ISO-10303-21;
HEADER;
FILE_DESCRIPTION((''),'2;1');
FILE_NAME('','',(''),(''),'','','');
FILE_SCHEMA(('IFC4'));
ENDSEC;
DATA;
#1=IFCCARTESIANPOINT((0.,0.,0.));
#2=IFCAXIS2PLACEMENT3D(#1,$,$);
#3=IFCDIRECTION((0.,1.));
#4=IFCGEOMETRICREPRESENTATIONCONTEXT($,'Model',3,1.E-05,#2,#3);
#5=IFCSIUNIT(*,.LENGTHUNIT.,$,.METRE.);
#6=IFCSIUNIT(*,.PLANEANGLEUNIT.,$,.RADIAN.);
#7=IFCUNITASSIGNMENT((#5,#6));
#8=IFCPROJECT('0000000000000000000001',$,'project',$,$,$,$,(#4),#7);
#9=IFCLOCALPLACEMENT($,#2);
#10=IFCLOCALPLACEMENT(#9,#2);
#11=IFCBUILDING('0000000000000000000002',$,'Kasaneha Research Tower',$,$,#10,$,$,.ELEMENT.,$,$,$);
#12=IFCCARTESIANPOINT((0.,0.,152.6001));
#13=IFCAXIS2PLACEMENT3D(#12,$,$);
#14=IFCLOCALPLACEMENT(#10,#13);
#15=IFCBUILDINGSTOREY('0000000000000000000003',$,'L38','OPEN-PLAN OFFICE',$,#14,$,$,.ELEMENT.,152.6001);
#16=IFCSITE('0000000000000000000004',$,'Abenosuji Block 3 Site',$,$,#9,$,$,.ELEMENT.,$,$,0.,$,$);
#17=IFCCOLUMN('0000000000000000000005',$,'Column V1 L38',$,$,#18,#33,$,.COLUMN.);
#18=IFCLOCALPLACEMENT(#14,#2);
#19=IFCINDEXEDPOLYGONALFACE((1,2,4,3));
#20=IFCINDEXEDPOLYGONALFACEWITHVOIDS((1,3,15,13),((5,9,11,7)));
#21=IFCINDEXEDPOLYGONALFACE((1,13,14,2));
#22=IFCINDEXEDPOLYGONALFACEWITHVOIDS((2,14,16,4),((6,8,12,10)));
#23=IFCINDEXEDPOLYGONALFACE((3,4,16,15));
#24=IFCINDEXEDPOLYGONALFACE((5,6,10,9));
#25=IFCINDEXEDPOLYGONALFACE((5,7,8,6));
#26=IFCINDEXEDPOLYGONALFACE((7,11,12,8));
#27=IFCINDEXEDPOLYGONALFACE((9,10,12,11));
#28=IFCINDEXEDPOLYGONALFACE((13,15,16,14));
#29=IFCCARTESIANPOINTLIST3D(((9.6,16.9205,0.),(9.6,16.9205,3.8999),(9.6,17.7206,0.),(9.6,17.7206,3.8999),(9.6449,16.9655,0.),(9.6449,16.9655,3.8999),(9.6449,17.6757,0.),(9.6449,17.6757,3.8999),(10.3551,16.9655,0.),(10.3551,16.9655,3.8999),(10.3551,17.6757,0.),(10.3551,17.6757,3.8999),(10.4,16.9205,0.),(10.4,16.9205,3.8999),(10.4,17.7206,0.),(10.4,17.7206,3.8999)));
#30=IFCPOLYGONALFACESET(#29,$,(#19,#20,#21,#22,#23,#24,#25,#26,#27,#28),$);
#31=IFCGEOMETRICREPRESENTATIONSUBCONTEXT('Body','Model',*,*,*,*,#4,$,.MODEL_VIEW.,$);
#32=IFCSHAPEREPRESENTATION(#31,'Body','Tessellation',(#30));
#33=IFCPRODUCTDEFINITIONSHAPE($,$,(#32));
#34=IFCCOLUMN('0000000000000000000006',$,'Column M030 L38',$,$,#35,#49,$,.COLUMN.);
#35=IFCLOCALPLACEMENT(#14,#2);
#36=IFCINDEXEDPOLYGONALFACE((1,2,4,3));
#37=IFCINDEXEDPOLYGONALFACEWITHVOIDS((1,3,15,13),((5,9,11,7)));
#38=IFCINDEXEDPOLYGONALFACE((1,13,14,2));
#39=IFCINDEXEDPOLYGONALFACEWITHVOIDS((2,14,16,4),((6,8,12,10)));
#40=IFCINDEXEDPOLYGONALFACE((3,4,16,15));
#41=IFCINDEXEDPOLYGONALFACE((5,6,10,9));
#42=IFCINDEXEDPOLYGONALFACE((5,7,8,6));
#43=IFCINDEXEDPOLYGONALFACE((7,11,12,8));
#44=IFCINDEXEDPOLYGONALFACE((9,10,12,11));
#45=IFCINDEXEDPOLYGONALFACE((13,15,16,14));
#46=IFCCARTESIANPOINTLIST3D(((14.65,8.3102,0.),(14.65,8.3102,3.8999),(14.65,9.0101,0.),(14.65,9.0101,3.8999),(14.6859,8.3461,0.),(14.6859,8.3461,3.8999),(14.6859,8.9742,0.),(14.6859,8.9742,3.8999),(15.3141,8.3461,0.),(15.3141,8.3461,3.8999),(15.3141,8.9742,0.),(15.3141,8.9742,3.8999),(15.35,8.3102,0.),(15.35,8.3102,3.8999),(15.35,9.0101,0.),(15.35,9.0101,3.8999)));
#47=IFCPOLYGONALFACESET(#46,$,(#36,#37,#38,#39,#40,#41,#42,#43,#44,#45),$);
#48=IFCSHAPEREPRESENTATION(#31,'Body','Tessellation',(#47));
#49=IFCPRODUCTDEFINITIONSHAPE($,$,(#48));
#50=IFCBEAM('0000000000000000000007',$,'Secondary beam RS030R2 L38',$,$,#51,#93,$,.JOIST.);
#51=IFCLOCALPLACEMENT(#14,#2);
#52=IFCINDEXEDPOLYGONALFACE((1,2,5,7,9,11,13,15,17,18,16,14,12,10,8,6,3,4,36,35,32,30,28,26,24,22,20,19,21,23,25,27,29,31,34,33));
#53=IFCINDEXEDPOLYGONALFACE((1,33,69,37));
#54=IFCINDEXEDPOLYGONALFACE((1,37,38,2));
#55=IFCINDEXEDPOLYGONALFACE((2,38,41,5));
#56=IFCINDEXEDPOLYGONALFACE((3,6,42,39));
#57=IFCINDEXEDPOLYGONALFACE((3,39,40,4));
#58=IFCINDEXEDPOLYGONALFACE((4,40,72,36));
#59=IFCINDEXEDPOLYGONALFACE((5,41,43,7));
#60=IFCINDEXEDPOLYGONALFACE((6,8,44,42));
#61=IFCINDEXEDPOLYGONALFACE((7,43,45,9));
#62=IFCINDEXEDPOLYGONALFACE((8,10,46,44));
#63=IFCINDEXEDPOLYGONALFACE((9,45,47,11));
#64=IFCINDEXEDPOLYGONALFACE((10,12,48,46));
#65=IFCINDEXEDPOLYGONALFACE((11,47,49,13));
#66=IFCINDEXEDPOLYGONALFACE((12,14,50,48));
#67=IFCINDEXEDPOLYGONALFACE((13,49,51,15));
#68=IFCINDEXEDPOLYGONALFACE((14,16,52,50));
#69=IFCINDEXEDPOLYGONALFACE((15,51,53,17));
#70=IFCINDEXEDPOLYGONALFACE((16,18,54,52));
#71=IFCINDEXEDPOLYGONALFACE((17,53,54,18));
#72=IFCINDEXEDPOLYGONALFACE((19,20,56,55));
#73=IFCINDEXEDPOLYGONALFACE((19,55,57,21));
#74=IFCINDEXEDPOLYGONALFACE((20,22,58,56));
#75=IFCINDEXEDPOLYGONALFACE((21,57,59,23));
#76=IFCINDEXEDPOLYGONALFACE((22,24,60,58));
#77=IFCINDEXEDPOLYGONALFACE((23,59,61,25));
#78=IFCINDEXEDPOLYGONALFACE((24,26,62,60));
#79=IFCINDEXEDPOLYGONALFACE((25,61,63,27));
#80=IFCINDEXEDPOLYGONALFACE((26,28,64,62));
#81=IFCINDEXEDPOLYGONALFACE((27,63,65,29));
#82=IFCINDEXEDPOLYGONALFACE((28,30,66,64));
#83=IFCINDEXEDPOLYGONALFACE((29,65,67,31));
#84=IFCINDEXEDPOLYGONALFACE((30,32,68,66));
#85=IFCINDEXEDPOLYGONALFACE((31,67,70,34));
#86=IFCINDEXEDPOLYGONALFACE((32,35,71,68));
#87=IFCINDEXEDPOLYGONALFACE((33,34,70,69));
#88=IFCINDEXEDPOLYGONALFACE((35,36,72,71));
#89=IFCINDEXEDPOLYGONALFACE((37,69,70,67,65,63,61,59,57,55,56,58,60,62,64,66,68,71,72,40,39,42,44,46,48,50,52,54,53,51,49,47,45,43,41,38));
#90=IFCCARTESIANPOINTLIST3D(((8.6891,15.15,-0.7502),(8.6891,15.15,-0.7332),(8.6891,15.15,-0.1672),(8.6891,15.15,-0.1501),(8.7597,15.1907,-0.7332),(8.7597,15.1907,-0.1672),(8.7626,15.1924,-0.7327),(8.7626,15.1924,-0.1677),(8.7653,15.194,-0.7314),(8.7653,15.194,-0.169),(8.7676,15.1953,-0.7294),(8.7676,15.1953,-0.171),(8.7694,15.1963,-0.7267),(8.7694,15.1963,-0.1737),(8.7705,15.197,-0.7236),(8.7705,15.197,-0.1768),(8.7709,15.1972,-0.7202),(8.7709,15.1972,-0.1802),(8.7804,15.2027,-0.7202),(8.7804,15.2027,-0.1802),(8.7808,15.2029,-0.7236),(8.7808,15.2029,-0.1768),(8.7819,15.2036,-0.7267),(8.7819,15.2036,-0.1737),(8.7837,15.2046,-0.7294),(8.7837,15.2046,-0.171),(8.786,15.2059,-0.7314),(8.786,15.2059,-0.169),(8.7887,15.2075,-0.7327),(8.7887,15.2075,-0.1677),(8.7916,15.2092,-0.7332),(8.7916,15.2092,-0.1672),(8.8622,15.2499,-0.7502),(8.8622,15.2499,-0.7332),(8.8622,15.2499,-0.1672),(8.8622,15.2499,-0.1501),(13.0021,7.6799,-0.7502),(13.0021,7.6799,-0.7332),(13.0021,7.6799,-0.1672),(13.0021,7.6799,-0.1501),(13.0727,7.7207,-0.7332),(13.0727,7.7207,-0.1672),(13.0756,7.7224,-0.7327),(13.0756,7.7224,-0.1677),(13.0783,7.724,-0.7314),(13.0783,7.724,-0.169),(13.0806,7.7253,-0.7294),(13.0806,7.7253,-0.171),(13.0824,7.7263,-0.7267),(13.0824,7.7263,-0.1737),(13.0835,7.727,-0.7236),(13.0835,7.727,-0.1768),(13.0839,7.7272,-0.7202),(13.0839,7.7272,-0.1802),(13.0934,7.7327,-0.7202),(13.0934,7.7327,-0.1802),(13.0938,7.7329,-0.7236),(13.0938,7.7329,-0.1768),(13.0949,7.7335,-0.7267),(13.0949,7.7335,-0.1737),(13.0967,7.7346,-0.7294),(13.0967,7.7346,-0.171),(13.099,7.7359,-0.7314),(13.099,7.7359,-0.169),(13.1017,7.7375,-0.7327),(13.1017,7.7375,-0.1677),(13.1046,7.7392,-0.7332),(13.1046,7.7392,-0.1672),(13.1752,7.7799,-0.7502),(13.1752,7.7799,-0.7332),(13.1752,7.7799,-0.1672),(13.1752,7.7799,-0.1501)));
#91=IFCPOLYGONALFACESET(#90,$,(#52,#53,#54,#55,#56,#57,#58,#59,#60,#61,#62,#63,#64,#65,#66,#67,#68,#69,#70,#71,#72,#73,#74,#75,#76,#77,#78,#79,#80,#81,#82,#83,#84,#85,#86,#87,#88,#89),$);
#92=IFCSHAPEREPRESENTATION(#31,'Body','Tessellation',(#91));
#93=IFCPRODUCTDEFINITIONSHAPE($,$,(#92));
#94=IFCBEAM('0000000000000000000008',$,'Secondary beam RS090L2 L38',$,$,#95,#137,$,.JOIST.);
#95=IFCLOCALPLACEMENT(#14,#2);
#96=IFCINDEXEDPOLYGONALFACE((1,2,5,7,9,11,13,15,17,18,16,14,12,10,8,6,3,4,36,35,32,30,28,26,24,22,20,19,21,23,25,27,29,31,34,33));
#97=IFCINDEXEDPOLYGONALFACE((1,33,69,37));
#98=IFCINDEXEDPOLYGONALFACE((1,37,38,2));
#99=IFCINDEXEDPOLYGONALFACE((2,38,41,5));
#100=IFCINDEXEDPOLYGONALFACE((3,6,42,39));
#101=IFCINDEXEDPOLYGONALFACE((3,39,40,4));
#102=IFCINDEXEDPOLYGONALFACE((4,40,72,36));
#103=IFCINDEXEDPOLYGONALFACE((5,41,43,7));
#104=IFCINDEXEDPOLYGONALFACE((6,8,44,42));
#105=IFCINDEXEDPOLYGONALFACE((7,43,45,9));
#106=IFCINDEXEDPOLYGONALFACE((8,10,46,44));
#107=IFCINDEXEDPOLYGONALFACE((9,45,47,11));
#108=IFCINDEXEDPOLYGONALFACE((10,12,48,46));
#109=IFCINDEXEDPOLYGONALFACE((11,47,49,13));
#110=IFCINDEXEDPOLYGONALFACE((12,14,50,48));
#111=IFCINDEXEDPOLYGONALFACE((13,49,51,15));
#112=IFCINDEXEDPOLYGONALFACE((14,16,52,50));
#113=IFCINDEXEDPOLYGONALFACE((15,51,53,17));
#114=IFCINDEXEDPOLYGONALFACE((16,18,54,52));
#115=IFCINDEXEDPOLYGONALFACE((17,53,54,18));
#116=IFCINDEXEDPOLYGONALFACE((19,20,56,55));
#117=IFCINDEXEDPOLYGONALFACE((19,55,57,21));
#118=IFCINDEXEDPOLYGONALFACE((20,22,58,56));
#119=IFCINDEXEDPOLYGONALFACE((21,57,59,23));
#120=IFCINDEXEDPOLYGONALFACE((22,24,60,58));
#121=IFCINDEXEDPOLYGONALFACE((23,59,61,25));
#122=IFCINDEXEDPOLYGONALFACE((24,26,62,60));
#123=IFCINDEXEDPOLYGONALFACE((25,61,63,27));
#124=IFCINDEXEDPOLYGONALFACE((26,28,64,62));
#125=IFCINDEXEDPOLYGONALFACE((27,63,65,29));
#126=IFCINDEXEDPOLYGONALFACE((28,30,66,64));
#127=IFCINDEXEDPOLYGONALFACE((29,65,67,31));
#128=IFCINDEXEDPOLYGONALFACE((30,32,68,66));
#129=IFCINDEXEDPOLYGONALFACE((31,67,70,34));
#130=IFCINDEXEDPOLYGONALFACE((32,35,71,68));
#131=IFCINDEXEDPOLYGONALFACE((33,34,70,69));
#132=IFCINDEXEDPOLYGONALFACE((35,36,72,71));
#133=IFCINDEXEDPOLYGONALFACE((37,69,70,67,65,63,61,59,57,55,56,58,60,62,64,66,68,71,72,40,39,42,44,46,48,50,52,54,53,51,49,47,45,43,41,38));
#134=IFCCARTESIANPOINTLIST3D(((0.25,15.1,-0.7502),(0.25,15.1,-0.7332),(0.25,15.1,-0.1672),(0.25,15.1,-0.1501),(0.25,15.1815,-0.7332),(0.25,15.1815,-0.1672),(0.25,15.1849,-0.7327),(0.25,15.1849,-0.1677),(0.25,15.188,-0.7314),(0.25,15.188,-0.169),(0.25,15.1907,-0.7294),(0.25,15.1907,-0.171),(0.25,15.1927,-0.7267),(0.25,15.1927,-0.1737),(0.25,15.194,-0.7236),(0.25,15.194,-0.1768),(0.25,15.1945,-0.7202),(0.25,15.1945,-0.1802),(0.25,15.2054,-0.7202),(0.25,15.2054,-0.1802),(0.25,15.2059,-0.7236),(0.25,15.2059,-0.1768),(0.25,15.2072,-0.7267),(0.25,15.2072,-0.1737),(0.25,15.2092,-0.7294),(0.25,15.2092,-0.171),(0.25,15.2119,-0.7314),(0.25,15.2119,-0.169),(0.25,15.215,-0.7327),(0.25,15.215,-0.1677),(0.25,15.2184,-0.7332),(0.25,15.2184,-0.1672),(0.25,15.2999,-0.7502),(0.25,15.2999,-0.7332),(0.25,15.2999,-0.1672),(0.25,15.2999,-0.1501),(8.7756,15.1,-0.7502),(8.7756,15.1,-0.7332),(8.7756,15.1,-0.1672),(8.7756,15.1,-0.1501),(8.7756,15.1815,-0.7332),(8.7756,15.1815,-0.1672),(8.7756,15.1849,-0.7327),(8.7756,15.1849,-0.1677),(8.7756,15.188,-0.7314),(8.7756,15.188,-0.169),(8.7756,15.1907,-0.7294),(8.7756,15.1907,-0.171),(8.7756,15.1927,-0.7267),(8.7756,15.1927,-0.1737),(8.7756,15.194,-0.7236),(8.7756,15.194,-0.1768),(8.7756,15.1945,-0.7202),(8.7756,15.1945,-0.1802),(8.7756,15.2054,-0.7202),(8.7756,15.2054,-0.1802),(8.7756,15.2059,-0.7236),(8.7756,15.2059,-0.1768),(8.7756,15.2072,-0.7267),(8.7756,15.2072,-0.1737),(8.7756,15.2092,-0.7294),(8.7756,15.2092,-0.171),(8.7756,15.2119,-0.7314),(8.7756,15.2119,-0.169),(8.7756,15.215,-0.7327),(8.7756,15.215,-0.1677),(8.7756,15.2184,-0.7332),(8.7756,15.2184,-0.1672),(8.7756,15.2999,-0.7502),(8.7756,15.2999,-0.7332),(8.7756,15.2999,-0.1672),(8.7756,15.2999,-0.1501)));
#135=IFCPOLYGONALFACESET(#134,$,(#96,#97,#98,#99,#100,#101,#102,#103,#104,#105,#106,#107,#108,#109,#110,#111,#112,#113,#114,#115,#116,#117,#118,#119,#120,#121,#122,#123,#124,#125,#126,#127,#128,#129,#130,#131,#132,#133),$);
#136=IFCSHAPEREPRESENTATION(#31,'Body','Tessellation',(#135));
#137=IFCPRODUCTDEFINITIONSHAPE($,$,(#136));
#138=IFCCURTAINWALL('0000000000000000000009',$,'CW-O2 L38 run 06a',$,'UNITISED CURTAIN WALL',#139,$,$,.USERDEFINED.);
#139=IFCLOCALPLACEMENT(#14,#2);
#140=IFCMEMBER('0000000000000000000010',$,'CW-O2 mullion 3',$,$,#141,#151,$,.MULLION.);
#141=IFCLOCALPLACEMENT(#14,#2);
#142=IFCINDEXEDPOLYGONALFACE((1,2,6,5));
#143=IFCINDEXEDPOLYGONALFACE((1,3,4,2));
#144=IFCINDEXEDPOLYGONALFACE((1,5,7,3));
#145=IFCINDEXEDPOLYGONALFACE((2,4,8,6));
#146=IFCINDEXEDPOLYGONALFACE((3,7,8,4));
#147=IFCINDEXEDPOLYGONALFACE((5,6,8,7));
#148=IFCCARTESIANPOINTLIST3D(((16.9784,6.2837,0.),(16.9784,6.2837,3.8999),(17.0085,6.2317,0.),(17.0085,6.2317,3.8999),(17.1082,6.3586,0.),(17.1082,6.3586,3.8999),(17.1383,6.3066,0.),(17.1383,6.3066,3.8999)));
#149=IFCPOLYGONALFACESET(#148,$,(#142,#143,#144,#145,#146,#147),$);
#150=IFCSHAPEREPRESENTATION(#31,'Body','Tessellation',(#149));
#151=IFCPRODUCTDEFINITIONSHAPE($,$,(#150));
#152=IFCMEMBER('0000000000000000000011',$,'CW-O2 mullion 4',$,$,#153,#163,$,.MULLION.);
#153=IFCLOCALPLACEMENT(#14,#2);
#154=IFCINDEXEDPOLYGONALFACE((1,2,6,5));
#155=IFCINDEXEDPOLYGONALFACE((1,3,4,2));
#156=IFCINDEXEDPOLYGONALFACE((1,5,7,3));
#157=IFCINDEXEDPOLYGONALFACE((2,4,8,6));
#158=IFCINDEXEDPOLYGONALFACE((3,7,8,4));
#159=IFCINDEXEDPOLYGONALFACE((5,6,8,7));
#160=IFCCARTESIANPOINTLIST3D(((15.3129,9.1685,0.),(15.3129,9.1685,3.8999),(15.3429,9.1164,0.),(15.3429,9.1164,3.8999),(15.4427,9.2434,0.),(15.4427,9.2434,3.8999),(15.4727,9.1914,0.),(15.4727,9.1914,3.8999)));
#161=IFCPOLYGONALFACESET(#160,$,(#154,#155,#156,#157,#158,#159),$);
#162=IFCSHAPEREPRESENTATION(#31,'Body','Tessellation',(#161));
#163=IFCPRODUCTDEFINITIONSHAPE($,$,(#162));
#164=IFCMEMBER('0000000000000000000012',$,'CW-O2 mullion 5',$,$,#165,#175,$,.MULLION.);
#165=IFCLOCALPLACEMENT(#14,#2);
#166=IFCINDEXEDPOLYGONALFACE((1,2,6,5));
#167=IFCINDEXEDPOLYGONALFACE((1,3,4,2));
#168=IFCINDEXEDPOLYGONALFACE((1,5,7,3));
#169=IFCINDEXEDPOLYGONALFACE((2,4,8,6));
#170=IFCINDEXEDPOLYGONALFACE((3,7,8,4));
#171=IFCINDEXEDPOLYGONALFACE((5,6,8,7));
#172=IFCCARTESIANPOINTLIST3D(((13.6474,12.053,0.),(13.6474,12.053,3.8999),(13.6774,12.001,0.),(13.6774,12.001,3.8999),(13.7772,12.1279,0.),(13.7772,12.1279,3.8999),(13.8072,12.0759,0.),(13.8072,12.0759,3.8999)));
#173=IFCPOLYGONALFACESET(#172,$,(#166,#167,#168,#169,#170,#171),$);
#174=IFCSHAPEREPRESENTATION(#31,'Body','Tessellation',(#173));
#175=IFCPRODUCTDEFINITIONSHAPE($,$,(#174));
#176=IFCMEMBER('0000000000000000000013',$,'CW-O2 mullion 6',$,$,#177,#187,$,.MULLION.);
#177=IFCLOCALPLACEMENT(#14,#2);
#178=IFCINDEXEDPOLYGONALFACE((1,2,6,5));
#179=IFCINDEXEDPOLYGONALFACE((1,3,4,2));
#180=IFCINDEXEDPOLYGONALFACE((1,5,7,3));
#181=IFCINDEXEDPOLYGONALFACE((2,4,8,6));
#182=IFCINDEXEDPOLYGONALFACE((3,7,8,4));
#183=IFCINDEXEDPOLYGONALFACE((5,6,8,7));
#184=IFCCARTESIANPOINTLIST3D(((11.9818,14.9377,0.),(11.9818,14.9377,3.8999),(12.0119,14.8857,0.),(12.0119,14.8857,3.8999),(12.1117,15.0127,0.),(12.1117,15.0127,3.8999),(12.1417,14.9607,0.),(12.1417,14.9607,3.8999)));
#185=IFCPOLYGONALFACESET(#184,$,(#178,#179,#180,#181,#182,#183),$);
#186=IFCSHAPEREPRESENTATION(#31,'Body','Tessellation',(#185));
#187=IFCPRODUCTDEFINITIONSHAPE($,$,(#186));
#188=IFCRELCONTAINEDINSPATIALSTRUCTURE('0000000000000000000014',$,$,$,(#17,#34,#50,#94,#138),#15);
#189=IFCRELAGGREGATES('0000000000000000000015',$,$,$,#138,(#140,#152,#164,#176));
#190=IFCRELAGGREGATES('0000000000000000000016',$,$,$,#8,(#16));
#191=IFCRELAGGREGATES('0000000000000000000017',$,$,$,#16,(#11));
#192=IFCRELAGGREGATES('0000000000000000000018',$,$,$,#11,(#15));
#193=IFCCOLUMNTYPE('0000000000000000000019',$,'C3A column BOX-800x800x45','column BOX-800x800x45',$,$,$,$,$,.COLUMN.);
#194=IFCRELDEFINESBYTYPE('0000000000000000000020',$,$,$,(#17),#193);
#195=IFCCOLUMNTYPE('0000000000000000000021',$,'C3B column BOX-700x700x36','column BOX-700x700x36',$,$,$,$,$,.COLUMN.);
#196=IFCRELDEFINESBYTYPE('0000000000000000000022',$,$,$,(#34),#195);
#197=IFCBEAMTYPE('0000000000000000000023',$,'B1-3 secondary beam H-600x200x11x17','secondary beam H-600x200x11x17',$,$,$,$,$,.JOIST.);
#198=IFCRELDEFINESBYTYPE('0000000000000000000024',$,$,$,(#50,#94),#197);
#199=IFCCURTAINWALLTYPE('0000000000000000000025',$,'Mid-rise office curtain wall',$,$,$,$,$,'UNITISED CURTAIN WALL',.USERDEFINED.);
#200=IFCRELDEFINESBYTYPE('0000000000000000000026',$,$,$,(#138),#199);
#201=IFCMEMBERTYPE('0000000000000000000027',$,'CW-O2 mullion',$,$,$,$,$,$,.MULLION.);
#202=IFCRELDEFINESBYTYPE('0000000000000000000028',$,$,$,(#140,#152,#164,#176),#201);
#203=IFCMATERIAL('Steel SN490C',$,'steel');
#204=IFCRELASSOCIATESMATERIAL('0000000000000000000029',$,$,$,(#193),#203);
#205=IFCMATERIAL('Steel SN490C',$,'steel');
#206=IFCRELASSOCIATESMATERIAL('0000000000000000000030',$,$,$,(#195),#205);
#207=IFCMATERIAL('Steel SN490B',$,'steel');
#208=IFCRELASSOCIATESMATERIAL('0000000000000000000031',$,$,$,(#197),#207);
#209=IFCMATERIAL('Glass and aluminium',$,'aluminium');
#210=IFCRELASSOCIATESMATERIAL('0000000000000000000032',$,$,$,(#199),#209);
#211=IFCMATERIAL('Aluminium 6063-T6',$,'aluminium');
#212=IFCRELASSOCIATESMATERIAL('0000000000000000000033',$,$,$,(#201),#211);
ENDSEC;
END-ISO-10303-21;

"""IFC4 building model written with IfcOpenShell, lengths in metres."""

from ifc_helpers import new_model, si_unit, direction, frame, origin, origin_2d, place, context, subcontext, project, spatial, rectangle, hollow_rectangle, i_section, extrude, material, material_profile, profile_set, type_object, element, aggregate, save


model = new_model("IFC4")

# Units and contexts
model_context = context("Model", 3, precision=1e-05, world=origin(), true_north=direction((0.0, 1.0)))
body_context = subcontext(model_context, "Body", "Model", "MODEL_VIEW")
ifc_project = project(units=[si_unit("LENGTHUNIT", "METRE"), si_unit("PLANEANGLEUNIT", "RADIAN")], contexts=[model_context])

# Site, building, storey
site_placement = place(None, origin())
site = spatial("IfcSite", under=ifc_project, at=site_placement, Name="Abenosuji Block 3 Site", CompositionType="ELEMENT", RefElevation=0.0)
building_placement = place(site_placement, origin())
building = spatial("IfcBuilding", under=site, at=building_placement, Name="Kasaneha Research Tower", CompositionType="ELEMENT")
storey_placement = place(building_placement, frame((0.0, 0.0, 152.6001)))
storey = spatial("IfcBuildingStorey", under=building, at=storey_placement, Name="L38", Description="OPEN-PLAN OFFICE", CompositionType="ELEMENT", Elevation=152.6001)

# Columns
ifc_material_1 = material(Name="Steel SN490C", Category="steel")
ifc_material_profile_1 = material_profile(ifc_material_1, hollow_rectangle(XDim=0.8, YDim=0.8, WallThickness=0.0449, at=origin_2d()), Name="BOX-800x800x45")
ifc_profile_set_1 = profile_set([ifc_material_profile_1], Name="Steel SN490C")
column_type_1 = type_object("IfcColumnType", Name="C3A column BOX-800x800x45", Description="column BOX-800x800x45", PredefinedType="COLUMN", material=ifc_profile_set_1)
column_1_placement = place(storey_placement, frame((10.0, 17.3206, 0.0), z_axis=(0.0, 0.0, 1.0), x_axis=(1.0, 0.0, 0.0)))
element("IfcColumn", 1, at=column_1_placement, inside=storey, type_object=column_type_1, Name="Column V1 L38", PredefinedType="COLUMN", context=body_context, shape_type="SweptSolid", body=[
    extrude(hollow_rectangle(XDim=0.8, YDim=0.8, WallThickness=0.0449, at=origin_2d()), origin(), (0.0, 0.0, 1.0), 3.8999),
])
ifc_material_2 = material(Name="Steel SN490C", Category="steel")
ifc_material_profile_2 = material_profile(ifc_material_2, hollow_rectangle(XDim=0.7, YDim=0.7, WallThickness=0.0359, at=origin_2d()), Name="BOX-700x700x36")
ifc_profile_set_2 = profile_set([ifc_material_profile_2], Name="Steel SN490C")
column_type_2 = type_object("IfcColumnType", Name="C3B column BOX-700x700x36", Description="column BOX-700x700x36", PredefinedType="COLUMN", material=ifc_profile_set_2)
column_2_placement = place(storey_placement, frame((15.0, 8.6602, 0.0), z_axis=(0.0, 0.0, 1.0), x_axis=(1.0, 0.0, 0.0)))
element("IfcColumn", 2, at=column_2_placement, inside=storey, type_object=column_type_2, Name="Column M030 L38", PredefinedType="COLUMN", context=body_context, shape_type="SweptSolid", body=[
    extrude(hollow_rectangle(XDim=0.7, YDim=0.7, WallThickness=0.0359, at=origin_2d()), origin(), (0.0, 0.0, 1.0), 3.8999),
])

# Beams
ifc_material_3 = material(Name="Steel SN490B", Category="steel")
ifc_material_profile_3 = material_profile(ifc_material_3, i_section(OverallWidth=0.2, OverallDepth=0.6001, WebThickness=0.011, FlangeThickness=0.0171, FilletRadius=0.0129, at=origin_2d()), Name="H-600x200x11x17")
ifc_profile_set_3 = profile_set([ifc_material_profile_3], Name="Steel SN490B")
beam_type_1 = type_object("IfcBeamType", Name="B1-3 secondary beam H-600x200x11x17", Description="secondary beam H-600x200x11x17", PredefinedType="JOIST", material=ifc_profile_set_3)
beam_1_placement = place(storey_placement, frame((8.7756, 15.2, -0.4502), z_axis=(0.500017, -0.866015, 0.0), x_axis=(0.866015, 0.500017, 0.0)))
element("IfcBeam", 3, at=beam_1_placement, inside=storey, type_object=beam_type_1, Name="Secondary beam RS030R2 L38", PredefinedType="JOIST", context=body_context, shape_type="SweptSolid", body=[
    extrude(i_section(OverallWidth=0.2, OverallDepth=0.6001, WebThickness=0.011, FlangeThickness=0.0171, FilletRadius=0.0129, at=origin_2d()), origin(), (0.0, 0.0, 1.0), 8.6257),
])
beam_2_placement = place(storey_placement, frame((8.7756, 15.2, -0.4502), z_axis=(-1.0, 0.0, 0.0), x_axis=(0.0, -1.0, 0.0)))
element("IfcBeam", 4, at=beam_2_placement, inside=storey, type_object=beam_type_1, Name="Secondary beam RS090L2 L38", PredefinedType="JOIST", context=body_context, shape_type="SweptSolid", body=[
    extrude(i_section(OverallWidth=0.2, OverallDepth=0.6001, WebThickness=0.011, FlangeThickness=0.0171, FilletRadius=0.0129, at=origin_2d()), origin(), (0.0, 0.0, 1.0), 8.5256),
])

# Curtain wall, members
ifc_material_4 = material(Name="Glass and aluminium", Category="aluminium")
curtain_wall_type = type_object("IfcCurtainWallType", Name="Mid-rise office curtain wall", ElementType="UNITISED CURTAIN WALL", PredefinedType="USERDEFINED", material=ifc_material_4)
curtain_wall_1_placement = place(storey_placement, origin())
curtain_wall_1 = element("IfcCurtainWall", 5, at=curtain_wall_1_placement, inside=storey, type_object=curtain_wall_type, Name="CW-O2 L38 run 06a", ObjectType="UNITISED CURTAIN WALL", PredefinedType="USERDEFINED")
ifc_material_5 = material(Name="Aluminium 6063-T6", Category="aluminium")
ifc_material_profile_4 = material_profile(ifc_material_5, rectangle(XDim=0.0601, YDim=0.1499, at=origin_2d()), Name="CW-O2 mullion 60x150")
ifc_profile_set_4 = profile_set([ifc_material_profile_4], Name="Aluminium 6063-T6")
member_type_1 = type_object("IfcMemberType", Name="CW-O2 mullion", PredefinedType="MULLION", material=ifc_profile_set_4)
member_1_placement = place(storey_placement, frame((17.0583, 6.2952, 0.0), z_axis=(0.0, 0.0, 1.0), x_axis=(-0.5, 0.866025, 0.0)))
member_1 = element("IfcMember", 6, at=member_1_placement, type_object=member_type_1, Name="CW-O2 mullion 3", PredefinedType="MULLION", context=body_context, shape_type="SweptSolid", body=[
    extrude(rectangle(XDim=0.0601, YDim=0.1499, at=origin_2d()), origin(), (0.0, 0.0, 1.0), 3.8999),
])
member_2_placement = place(storey_placement, frame((15.3928, 9.1799, 0.0), z_axis=(0.0, 0.0, 1.0), x_axis=(-0.5, 0.866025, 0.0)))
member_2 = element("IfcMember", 7, at=member_2_placement, type_object=member_type_1, Name="CW-O2 mullion 4", PredefinedType="MULLION", context=body_context, shape_type="SweptSolid", body=[
    extrude(rectangle(XDim=0.0601, YDim=0.1499, at=origin_2d()), origin(), (0.0, 0.0, 1.0), 3.8999),
])
member_3_placement = place(storey_placement, frame((13.7273, 12.0645, 0.0), z_axis=(0.0, 0.0, 1.0), x_axis=(-0.5, 0.866025, 0.0)))
member_3 = element("IfcMember", 8, at=member_3_placement, type_object=member_type_1, Name="CW-O2 mullion 5", PredefinedType="MULLION", context=body_context, shape_type="SweptSolid", body=[
    extrude(rectangle(XDim=0.0601, YDim=0.1499, at=origin_2d()), origin(), (0.0, 0.0, 1.0), 3.8999),
])
member_4_placement = place(storey_placement, frame((12.0618, 14.9492, 0.0), z_axis=(0.0, 0.0, 1.0), x_axis=(-0.5, 0.866025, 0.0)))
member_4 = element("IfcMember", 9, at=member_4_placement, type_object=member_type_1, Name="CW-O2 mullion 6", PredefinedType="MULLION", context=body_context, shape_type="SweptSolid", body=[
    extrude(rectangle(XDim=0.0601, YDim=0.1499, at=origin_2d()), origin(), (0.0, 0.0, 1.0), 3.8999),
])

aggregate(curtain_wall_1, [member_1, member_2, member_3, member_4])

save(model, "model.ifc")
